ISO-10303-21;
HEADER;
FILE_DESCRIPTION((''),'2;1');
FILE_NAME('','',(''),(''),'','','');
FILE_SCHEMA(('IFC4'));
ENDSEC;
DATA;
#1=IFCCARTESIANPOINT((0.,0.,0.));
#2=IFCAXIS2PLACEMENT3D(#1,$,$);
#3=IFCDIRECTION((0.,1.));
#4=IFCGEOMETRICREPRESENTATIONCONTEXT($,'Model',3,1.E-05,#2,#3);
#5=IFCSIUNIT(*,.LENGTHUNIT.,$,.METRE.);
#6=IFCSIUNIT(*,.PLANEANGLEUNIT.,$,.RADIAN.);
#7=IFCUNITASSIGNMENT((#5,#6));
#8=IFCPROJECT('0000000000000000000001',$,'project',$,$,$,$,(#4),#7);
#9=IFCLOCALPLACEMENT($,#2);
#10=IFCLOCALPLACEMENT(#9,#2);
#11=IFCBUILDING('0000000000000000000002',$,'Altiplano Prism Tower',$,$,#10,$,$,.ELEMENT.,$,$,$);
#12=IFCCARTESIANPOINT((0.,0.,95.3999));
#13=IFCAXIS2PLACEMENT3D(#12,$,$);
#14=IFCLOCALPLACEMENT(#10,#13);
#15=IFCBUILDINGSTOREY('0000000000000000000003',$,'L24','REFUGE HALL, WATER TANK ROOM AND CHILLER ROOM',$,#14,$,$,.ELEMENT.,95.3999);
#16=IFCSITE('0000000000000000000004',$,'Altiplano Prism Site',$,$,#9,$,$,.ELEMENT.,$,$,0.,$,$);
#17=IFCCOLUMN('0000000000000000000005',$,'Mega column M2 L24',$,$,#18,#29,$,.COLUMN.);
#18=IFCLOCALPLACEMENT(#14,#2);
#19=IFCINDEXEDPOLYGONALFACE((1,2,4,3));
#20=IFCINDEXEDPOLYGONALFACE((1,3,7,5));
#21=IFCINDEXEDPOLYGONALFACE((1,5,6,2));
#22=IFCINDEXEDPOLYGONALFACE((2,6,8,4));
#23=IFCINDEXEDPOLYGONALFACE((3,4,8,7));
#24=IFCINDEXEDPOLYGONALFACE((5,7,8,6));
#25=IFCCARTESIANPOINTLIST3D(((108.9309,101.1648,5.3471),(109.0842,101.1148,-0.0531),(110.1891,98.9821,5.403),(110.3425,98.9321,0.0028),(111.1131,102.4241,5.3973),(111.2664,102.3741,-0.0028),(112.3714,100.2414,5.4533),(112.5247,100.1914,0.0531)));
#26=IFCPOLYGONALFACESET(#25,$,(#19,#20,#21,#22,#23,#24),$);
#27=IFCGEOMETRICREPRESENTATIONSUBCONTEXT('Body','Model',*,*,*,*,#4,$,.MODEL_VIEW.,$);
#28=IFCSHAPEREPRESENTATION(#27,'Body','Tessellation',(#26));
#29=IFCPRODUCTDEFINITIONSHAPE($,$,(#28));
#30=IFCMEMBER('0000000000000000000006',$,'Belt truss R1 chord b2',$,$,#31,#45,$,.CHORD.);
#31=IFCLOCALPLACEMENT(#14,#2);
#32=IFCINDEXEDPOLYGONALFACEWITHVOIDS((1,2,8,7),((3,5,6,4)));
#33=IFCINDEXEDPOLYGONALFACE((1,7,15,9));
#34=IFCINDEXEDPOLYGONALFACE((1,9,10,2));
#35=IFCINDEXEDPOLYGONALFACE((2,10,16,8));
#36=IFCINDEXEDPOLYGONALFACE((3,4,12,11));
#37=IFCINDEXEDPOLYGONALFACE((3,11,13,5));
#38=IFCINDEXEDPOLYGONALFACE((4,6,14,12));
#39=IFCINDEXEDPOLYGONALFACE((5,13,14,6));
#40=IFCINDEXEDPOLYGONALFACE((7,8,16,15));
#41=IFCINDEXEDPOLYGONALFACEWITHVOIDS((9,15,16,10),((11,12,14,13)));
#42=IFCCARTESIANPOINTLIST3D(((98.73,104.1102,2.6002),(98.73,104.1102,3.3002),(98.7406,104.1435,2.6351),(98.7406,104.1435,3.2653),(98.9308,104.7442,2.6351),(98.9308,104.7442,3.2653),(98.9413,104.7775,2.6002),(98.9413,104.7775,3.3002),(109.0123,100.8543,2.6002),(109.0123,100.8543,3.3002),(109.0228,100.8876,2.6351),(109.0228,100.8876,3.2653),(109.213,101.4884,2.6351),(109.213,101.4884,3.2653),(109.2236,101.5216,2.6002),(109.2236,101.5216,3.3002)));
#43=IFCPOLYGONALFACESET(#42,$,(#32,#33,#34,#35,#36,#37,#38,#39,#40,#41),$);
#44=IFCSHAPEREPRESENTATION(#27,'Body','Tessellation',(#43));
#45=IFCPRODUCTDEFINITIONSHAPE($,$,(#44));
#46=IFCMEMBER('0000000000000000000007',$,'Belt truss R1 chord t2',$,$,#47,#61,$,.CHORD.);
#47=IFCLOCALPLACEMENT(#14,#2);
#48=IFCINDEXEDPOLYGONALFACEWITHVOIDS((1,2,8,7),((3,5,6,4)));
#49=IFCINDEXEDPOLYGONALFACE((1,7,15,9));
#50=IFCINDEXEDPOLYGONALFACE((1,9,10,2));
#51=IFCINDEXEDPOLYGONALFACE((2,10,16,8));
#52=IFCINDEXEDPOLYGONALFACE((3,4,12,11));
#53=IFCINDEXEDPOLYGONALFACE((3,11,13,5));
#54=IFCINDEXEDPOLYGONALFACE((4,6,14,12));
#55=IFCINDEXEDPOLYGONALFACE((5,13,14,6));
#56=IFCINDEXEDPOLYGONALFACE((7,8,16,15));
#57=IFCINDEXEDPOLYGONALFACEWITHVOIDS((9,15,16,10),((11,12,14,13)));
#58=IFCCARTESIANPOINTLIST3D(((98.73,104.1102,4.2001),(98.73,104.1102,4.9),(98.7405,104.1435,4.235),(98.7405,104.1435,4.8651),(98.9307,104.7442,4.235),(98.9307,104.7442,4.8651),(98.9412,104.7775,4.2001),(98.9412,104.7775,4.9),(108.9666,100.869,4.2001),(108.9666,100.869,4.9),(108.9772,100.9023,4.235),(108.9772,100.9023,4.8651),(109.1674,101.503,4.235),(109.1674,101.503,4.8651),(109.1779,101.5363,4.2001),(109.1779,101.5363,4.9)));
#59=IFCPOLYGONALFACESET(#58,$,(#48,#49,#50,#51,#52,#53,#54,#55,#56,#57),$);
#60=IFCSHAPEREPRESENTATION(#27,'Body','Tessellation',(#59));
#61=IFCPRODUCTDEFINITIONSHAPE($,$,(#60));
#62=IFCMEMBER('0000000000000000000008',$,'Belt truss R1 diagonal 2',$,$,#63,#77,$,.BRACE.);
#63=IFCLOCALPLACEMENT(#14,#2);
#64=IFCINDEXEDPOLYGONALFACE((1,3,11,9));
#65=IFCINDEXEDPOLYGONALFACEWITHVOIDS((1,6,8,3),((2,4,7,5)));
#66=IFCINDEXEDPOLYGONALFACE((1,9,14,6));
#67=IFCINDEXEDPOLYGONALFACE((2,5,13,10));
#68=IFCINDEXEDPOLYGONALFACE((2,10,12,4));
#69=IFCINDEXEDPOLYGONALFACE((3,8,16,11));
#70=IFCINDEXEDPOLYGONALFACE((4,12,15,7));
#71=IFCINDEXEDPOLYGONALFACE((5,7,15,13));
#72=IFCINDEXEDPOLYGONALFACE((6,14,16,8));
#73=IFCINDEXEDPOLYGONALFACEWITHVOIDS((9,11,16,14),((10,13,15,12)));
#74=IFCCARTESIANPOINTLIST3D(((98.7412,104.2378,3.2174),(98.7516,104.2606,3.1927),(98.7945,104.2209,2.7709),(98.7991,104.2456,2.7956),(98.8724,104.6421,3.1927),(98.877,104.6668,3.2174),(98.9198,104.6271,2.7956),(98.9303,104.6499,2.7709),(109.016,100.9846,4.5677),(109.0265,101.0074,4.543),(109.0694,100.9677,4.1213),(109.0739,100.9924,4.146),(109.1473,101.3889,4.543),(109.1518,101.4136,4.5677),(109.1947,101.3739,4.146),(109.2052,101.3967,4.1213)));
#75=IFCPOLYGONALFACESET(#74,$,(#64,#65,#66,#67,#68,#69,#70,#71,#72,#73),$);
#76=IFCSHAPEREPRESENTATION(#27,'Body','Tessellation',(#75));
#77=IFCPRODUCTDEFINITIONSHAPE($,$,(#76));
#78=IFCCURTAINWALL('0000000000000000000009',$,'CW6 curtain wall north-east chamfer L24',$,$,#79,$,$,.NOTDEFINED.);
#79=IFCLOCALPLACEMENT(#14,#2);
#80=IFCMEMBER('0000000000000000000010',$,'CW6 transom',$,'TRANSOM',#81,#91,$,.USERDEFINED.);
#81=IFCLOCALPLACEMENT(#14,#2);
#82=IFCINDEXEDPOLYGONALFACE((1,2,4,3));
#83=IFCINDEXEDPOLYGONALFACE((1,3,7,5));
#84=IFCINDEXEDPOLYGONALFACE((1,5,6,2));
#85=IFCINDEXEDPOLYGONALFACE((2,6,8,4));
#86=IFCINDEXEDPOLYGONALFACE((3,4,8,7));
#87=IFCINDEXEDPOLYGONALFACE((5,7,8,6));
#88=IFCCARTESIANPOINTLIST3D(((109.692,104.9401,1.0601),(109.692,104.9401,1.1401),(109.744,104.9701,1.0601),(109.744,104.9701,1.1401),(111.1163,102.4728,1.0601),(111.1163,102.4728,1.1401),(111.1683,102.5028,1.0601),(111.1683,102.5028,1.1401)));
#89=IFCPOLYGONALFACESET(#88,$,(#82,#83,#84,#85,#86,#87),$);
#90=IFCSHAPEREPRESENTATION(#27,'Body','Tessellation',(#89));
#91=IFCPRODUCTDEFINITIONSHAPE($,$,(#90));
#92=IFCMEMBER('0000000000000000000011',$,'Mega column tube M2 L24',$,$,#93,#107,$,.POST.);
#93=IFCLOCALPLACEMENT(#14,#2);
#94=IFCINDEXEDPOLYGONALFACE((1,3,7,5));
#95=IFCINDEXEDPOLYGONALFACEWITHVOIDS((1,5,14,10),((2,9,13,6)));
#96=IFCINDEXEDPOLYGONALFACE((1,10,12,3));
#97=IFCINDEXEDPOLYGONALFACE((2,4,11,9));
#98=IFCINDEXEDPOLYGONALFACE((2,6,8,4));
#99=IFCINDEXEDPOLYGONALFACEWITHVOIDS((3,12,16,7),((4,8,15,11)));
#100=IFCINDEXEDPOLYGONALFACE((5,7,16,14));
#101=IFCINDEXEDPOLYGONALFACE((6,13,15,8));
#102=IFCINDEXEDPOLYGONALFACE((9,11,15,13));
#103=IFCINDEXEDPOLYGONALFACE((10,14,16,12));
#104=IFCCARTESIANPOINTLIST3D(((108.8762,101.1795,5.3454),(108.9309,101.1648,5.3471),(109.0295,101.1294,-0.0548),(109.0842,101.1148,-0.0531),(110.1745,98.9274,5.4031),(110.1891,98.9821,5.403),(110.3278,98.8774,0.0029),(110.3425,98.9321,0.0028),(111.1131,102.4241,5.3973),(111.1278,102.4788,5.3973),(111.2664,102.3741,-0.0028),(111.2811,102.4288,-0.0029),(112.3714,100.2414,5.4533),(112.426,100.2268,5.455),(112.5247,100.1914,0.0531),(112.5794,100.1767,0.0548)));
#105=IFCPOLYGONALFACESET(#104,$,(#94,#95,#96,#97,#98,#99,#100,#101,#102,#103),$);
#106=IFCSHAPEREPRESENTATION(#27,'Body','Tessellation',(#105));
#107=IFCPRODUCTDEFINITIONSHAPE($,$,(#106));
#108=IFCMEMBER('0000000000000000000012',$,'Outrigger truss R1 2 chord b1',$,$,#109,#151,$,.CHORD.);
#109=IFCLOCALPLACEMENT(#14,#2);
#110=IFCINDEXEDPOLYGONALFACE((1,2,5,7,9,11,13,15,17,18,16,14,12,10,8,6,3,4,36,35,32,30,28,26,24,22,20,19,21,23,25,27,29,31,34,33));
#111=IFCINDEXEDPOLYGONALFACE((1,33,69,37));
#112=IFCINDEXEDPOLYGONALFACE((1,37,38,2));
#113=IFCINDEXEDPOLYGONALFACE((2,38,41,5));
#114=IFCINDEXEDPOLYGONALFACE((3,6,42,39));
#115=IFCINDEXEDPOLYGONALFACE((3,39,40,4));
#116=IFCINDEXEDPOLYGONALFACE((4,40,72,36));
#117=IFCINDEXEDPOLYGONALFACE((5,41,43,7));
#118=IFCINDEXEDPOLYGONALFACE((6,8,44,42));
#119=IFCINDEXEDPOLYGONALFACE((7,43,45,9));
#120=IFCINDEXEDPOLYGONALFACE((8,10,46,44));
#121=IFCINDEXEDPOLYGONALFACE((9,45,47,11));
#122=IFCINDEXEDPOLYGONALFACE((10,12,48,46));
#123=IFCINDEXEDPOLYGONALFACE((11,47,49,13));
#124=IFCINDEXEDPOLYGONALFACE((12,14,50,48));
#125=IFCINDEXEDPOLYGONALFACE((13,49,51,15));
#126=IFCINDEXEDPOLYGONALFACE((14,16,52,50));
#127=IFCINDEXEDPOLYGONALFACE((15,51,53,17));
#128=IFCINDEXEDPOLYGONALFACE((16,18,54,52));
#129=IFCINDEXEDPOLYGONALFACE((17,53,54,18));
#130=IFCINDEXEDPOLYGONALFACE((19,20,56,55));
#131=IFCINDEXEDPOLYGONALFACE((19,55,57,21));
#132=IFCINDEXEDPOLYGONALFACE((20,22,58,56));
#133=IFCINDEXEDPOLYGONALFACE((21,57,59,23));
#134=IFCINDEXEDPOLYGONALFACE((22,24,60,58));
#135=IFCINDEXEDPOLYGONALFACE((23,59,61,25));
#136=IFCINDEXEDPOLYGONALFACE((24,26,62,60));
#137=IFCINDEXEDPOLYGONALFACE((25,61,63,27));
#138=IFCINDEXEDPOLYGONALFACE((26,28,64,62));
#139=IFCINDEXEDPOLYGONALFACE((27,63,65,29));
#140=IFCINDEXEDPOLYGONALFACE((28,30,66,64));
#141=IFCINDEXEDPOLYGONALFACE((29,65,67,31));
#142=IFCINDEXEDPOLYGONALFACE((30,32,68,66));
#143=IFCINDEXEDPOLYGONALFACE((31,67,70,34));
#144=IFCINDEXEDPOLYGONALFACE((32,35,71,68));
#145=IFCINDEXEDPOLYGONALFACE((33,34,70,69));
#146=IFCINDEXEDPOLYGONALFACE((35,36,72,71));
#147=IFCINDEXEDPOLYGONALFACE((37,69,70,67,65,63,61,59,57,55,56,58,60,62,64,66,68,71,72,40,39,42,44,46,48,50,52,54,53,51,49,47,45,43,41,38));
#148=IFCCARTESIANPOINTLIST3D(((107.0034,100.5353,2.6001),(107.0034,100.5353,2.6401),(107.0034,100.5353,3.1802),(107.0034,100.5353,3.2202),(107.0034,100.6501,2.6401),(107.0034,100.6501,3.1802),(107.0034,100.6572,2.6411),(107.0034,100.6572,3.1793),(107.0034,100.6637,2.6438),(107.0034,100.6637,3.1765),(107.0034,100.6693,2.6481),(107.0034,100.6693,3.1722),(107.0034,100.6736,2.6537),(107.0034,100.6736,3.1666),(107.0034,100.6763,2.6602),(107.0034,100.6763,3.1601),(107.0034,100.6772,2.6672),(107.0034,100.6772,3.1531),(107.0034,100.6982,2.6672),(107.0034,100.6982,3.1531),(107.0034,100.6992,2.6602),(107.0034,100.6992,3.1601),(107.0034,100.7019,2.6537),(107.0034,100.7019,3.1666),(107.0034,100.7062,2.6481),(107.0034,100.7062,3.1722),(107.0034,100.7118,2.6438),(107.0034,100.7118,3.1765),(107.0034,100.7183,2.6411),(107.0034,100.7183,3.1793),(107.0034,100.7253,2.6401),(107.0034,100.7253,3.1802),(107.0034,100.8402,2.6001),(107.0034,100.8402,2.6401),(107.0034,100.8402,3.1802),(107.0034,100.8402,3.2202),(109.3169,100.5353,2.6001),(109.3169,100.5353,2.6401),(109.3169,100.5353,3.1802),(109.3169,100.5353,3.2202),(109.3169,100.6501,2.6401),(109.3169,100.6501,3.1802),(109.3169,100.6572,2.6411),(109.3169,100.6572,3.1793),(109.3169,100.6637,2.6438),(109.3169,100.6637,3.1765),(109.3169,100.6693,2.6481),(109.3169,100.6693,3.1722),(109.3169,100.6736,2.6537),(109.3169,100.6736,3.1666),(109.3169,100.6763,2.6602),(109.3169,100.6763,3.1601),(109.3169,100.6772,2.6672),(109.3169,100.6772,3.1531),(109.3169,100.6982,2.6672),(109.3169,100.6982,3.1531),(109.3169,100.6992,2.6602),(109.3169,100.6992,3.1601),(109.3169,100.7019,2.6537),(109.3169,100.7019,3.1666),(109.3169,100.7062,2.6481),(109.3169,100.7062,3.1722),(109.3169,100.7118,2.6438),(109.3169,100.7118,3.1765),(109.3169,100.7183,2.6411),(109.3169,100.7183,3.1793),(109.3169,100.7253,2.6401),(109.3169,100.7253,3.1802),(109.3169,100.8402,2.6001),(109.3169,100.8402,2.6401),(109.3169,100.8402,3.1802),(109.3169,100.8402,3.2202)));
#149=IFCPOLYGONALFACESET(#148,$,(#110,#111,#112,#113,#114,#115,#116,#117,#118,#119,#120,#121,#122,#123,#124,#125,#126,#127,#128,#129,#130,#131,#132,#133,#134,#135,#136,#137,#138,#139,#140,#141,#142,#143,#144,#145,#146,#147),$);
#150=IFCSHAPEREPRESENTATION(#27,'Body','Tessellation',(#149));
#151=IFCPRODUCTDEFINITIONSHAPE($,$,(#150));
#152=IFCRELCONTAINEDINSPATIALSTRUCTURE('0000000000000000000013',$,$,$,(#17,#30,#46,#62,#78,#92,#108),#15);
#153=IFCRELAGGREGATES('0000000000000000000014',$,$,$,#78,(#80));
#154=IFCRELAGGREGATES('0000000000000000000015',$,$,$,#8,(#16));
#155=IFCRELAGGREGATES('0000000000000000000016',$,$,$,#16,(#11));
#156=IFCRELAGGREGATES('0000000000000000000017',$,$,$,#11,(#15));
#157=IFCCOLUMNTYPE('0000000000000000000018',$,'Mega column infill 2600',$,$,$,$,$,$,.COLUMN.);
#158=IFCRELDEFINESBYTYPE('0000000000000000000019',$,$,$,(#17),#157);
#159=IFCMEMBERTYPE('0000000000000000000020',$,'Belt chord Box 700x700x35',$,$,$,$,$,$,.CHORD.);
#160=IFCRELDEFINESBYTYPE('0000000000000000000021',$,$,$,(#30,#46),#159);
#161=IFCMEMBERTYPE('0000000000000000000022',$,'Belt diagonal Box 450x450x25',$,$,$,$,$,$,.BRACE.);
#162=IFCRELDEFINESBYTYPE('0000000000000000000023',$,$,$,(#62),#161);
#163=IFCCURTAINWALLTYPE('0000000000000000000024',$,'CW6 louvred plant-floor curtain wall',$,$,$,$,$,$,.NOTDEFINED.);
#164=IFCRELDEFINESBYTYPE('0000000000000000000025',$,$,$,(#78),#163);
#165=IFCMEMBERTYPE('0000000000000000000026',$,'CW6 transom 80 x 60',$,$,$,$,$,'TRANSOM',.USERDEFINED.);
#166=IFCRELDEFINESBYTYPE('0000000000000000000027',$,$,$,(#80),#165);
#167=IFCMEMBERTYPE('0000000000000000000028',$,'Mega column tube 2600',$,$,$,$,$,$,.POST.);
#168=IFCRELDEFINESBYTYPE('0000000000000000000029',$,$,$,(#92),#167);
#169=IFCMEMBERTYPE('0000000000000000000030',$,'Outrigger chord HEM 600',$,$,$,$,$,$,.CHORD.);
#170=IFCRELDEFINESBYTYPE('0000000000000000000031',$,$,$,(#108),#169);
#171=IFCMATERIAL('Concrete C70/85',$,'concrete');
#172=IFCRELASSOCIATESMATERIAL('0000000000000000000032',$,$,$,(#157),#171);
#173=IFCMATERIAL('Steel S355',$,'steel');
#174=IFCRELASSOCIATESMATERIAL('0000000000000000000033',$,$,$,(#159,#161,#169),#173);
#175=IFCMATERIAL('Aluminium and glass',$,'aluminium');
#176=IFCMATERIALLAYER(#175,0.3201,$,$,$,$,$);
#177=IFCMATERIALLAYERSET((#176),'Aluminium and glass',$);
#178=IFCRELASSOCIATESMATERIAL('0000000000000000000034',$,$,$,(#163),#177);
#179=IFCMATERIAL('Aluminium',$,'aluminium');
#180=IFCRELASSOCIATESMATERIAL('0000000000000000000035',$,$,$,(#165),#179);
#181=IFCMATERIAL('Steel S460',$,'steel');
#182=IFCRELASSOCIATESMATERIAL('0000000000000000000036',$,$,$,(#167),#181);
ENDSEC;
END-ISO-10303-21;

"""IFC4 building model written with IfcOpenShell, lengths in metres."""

from ifc_helpers import new_model, si_unit, direction, frame, origin, origin_2d, place, context, subcontext, project, spatial, rectangle, hollow_rectangle, i_section, extrude, material, layer, layer_set, material_profile, profile_set, type_object, element, aggregate, save


model = new_model("IFC4")

# Units and contexts
model_context = context("Model", 3, precision=1e-05, world=origin(), true_north=direction((0.0, 1.0)))
body_context = subcontext(model_context, "Body", "Model", "MODEL_VIEW")
ifc_project = project(units=[si_unit("LENGTHUNIT", "METRE"), si_unit("PLANEANGLEUNIT", "RADIAN")], contexts=[model_context])

# Site, building, storey
site_placement = place(None, origin())
site = spatial("IfcSite", under=ifc_project, at=site_placement, Name="Altiplano Prism Site", CompositionType="ELEMENT", RefElevation=0.0)
building_placement = place(site_placement, origin())
building = spatial("IfcBuilding", under=site, at=building_placement, Name="Altiplano Prism Tower", CompositionType="ELEMENT")
storey_placement = place(building_placement, frame((0.0, 0.0, 95.3999)))
storey = spatial("IfcBuildingStorey", under=building, at=storey_placement, Name="L24", Description="REFUGE HALL, WATER TANK ROOM AND CHILLER ROOM", CompositionType="ELEMENT", Elevation=95.3999)

# Column
ifc_material_1 = material(Name="Concrete C70/85", Category="concrete")
ifc_material_profile_1 = material_profile(ifc_material_1, rectangle(XDim=2.52, YDim=2.52, at=origin_2d()), Name="Mega column infill 2600")
ifc_profile_set_1 = profile_set([ifc_material_profile_1], Name="Concrete C70/85")
column_type = type_object("IfcColumnType", Name="Mega column infill 2600", PredefinedType="COLUMN", material=ifc_profile_set_1)
column_placement = place(storey_placement, frame((110.8044, 100.6531, 0.0), z_axis=(-0.028379, 0.009264, 0.999554), x_axis=(0.499309, -0.866139, 0.022204)))
element("IfcColumn", 1, at=column_placement, inside=storey, type_object=column_type, Name="Mega column M2 L24", PredefinedType="COLUMN", context=body_context, shape_type="SweptSolid", body=[
    extrude(rectangle(XDim=2.52, YDim=2.52, at=origin_2d()), origin(), (0.0, 0.0, 1.0), 5.4026),
])

# Members
ifc_material_2 = material(Name="Steel S355", Category="steel")
ifc_material_profile_2 = material_profile(ifc_material_2, hollow_rectangle(XDim=0.7, YDim=0.7, WallThickness=0.0349, at=origin_2d()), Name="Belt chord Box 700x700x35")
ifc_profile_set_2 = profile_set([ifc_material_profile_2], Name="Steel S355")
member_type_1 = type_object("IfcMemberType", Name="Belt chord Box 700x700x35", PredefinedType="CHORD", material=ifc_profile_set_2)
member_1_placement = place(storey_placement, frame((109.1179, 101.188, 2.9502), z_axis=(-0.953347, 0.301877, 0.0), x_axis=(-0.301877, -0.953347, 0.0)))
element("IfcMember", 2, at=member_1_placement, inside=storey, type_object=member_type_1, Name="Belt truss R1 chord b2", PredefinedType="CHORD", context=body_context, shape_type="SweptSolid", body=[
    extrude(hollow_rectangle(XDim=0.7, YDim=0.7, WallThickness=0.0349, at=origin_2d()), origin(), (0.0, 0.0, 1.0), 10.7854),
])
member_2_placement = place(storey_placement, frame((109.0723, 101.2026, 4.55), z_axis=(-0.953352, 0.30186, 0.0), x_axis=(-0.30186, -0.953352, 0.0)))
element("IfcMember", 3, at=member_2_placement, inside=storey, type_object=member_type_1, Name="Belt truss R1 chord t2", PredefinedType="CHORD", context=body_context, shape_type="SweptSolid", body=[
    extrude(hollow_rectangle(XDim=0.7, YDim=0.7, WallThickness=0.0349, at=origin_2d()), origin(), (0.0, 0.0, 1.0), 10.7375),
])
ifc_material_profile_3 = material_profile(ifc_material_2, hollow_rectangle(XDim=0.45, YDim=0.45, WallThickness=0.0249, at=origin_2d()), Name="Belt diagonal Box 450x450x25")
ifc_profile_set_3 = profile_set([ifc_material_profile_3], Name="Steel S355")
member_type_2 = type_object("IfcMemberType", Name="Belt diagonal Box 450x450x25", PredefinedType="BRACE", material=ifc_profile_set_3)
member_3_placement = place(storey_placement, frame((109.1106, 101.1907, 4.3445), z_axis=(-0.945961, 0.299504, -0.124319), x_axis=(-0.301846, -0.953357, 0.0)))
element("IfcMember", 4, at=member_3_placement, inside=storey, type_object=member_type_2, Name="Belt truss R1 diagonal 2", PredefinedType="BRACE", context=body_context, shape_type="SweptSolid", body=[
    extrude(hollow_rectangle(XDim=0.45, YDim=0.45, WallThickness=0.0249, at=origin_2d()), origin(), (0.0, 0.0, 1.0), 10.8618),
])

# Curtain wall, member
ifc_material_3 = material(Name="Aluminium and glass", Category="aluminium")
ifc_layer_1 = layer(ifc_material_3, 0.3201)
ifc_layer_set_1 = layer_set([ifc_layer_1], Name="Aluminium and glass")
curtain_wall_type = type_object("IfcCurtainWallType", Name="CW6 louvred plant-floor curtain wall", PredefinedType="NOTDEFINED", material=ifc_layer_set_1)
curtain_wall_placement = place(storey_placement, origin())
curtain_wall = element("IfcCurtainWall", 5, at=curtain_wall_placement, inside=storey, type_object=curtain_wall_type, Name="CW6 curtain wall north-east chamfer L24", PredefinedType="NOTDEFINED")
ifc_material_4 = material(Name="Aluminium", Category="aluminium")
ifc_material_profile_4 = material_profile(ifc_material_4, rectangle(XDim=0.0601, YDim=0.0801, at=origin_2d()), Name="CW6 transom 80 x 60")
ifc_profile_set_4 = profile_set([ifc_material_profile_4], Name="Aluminium")
member_type_3 = type_object("IfcMemberType", Name="CW6 transom 80 x 60", ElementType="TRANSOM", PredefinedType="USERDEFINED", material=ifc_profile_set_4)
member_4_placement = place(storey_placement, frame((111.1423, 102.4878, 1.1001), z_axis=(-0.499955, 0.866051, 0.0), x_axis=(-0.866051, -0.499955, 0.0)))
member_4 = element("IfcMember", 6, at=member_4_placement, type_object=member_type_3, Name="CW6 transom", ObjectType="TRANSOM", PredefinedType="USERDEFINED", context=body_context, shape_type="SweptSolid", body=[
    extrude(rectangle(XDim=0.0601, YDim=0.0801, at=origin_2d()), origin(), (0.0, 0.0, 1.0), 2.8489),
])

# Members
ifc_material_5 = material(Name="Steel S460", Category="steel")
ifc_material_profile_5 = material_profile(ifc_material_5, hollow_rectangle(XDim=2.6001, YDim=2.6001, WallThickness=0.04, at=origin_2d()), Name="Mega column tube 2600")
ifc_profile_set_5 = profile_set([ifc_material_profile_5], Name="Steel S460")
member_type_4 = type_object("IfcMemberType", Name="Mega column tube 2600", PredefinedType="POST", material=ifc_profile_set_5)
member_5_placement = place(storey_placement, frame((110.8044, 100.6531, 0.0), z_axis=(-0.028379, 0.009264, 0.999554), x_axis=(0.499309, -0.866139, 0.022204)))
element("IfcMember", 7, at=member_5_placement, inside=storey, type_object=member_type_4, Name="Mega column tube M2 L24", PredefinedType="POST", context=body_context, shape_type="SweptSolid", body=[
    extrude(hollow_rectangle(XDim=2.6001, YDim=2.6001, WallThickness=0.04, at=origin_2d()), origin(), (0.0, 0.0, 1.0), 5.4026),
])
ifc_material_profile_6 = material_profile(ifc_material_2, i_section(OverallWidth=0.3049, OverallDepth=0.6201, WebThickness=0.021, FlangeThickness=0.04, FilletRadius=0.0271, at=origin_2d()), Name="Outrigger chord HEM 600")
ifc_profile_set_6 = profile_set([ifc_material_profile_6], Name="Steel S355")
member_type_5 = type_object("IfcMemberType", Name="Outrigger chord HEM 600", PredefinedType="CHORD", material=ifc_profile_set_6)
for number, where, z_axis, x_axis, name in (
    (8, (109.3169, 100.6877, 2.9102), (-1.0, 0.0, 0.0), (0.0, -1.0, 0.0), "Outrigger truss R1 2 chord b1"),
):
    element("IfcMember", number, at=place(storey_placement, frame(where, z_axis=z_axis, x_axis=x_axis)), inside=storey, type_object=member_type_5, Name=name, PredefinedType="CHORD", context=body_context, shape_type="SweptSolid", body=[
        extrude(i_section(OverallWidth=0.3049, OverallDepth=0.6201, WebThickness=0.021, FlangeThickness=0.04, FilletRadius=0.0271, at=origin_2d()), origin(), (0.0, 0.0, 1.0), 2.3135),
    ])

aggregate(curtain_wall, [member_4])

save(model, "model.ifc")
